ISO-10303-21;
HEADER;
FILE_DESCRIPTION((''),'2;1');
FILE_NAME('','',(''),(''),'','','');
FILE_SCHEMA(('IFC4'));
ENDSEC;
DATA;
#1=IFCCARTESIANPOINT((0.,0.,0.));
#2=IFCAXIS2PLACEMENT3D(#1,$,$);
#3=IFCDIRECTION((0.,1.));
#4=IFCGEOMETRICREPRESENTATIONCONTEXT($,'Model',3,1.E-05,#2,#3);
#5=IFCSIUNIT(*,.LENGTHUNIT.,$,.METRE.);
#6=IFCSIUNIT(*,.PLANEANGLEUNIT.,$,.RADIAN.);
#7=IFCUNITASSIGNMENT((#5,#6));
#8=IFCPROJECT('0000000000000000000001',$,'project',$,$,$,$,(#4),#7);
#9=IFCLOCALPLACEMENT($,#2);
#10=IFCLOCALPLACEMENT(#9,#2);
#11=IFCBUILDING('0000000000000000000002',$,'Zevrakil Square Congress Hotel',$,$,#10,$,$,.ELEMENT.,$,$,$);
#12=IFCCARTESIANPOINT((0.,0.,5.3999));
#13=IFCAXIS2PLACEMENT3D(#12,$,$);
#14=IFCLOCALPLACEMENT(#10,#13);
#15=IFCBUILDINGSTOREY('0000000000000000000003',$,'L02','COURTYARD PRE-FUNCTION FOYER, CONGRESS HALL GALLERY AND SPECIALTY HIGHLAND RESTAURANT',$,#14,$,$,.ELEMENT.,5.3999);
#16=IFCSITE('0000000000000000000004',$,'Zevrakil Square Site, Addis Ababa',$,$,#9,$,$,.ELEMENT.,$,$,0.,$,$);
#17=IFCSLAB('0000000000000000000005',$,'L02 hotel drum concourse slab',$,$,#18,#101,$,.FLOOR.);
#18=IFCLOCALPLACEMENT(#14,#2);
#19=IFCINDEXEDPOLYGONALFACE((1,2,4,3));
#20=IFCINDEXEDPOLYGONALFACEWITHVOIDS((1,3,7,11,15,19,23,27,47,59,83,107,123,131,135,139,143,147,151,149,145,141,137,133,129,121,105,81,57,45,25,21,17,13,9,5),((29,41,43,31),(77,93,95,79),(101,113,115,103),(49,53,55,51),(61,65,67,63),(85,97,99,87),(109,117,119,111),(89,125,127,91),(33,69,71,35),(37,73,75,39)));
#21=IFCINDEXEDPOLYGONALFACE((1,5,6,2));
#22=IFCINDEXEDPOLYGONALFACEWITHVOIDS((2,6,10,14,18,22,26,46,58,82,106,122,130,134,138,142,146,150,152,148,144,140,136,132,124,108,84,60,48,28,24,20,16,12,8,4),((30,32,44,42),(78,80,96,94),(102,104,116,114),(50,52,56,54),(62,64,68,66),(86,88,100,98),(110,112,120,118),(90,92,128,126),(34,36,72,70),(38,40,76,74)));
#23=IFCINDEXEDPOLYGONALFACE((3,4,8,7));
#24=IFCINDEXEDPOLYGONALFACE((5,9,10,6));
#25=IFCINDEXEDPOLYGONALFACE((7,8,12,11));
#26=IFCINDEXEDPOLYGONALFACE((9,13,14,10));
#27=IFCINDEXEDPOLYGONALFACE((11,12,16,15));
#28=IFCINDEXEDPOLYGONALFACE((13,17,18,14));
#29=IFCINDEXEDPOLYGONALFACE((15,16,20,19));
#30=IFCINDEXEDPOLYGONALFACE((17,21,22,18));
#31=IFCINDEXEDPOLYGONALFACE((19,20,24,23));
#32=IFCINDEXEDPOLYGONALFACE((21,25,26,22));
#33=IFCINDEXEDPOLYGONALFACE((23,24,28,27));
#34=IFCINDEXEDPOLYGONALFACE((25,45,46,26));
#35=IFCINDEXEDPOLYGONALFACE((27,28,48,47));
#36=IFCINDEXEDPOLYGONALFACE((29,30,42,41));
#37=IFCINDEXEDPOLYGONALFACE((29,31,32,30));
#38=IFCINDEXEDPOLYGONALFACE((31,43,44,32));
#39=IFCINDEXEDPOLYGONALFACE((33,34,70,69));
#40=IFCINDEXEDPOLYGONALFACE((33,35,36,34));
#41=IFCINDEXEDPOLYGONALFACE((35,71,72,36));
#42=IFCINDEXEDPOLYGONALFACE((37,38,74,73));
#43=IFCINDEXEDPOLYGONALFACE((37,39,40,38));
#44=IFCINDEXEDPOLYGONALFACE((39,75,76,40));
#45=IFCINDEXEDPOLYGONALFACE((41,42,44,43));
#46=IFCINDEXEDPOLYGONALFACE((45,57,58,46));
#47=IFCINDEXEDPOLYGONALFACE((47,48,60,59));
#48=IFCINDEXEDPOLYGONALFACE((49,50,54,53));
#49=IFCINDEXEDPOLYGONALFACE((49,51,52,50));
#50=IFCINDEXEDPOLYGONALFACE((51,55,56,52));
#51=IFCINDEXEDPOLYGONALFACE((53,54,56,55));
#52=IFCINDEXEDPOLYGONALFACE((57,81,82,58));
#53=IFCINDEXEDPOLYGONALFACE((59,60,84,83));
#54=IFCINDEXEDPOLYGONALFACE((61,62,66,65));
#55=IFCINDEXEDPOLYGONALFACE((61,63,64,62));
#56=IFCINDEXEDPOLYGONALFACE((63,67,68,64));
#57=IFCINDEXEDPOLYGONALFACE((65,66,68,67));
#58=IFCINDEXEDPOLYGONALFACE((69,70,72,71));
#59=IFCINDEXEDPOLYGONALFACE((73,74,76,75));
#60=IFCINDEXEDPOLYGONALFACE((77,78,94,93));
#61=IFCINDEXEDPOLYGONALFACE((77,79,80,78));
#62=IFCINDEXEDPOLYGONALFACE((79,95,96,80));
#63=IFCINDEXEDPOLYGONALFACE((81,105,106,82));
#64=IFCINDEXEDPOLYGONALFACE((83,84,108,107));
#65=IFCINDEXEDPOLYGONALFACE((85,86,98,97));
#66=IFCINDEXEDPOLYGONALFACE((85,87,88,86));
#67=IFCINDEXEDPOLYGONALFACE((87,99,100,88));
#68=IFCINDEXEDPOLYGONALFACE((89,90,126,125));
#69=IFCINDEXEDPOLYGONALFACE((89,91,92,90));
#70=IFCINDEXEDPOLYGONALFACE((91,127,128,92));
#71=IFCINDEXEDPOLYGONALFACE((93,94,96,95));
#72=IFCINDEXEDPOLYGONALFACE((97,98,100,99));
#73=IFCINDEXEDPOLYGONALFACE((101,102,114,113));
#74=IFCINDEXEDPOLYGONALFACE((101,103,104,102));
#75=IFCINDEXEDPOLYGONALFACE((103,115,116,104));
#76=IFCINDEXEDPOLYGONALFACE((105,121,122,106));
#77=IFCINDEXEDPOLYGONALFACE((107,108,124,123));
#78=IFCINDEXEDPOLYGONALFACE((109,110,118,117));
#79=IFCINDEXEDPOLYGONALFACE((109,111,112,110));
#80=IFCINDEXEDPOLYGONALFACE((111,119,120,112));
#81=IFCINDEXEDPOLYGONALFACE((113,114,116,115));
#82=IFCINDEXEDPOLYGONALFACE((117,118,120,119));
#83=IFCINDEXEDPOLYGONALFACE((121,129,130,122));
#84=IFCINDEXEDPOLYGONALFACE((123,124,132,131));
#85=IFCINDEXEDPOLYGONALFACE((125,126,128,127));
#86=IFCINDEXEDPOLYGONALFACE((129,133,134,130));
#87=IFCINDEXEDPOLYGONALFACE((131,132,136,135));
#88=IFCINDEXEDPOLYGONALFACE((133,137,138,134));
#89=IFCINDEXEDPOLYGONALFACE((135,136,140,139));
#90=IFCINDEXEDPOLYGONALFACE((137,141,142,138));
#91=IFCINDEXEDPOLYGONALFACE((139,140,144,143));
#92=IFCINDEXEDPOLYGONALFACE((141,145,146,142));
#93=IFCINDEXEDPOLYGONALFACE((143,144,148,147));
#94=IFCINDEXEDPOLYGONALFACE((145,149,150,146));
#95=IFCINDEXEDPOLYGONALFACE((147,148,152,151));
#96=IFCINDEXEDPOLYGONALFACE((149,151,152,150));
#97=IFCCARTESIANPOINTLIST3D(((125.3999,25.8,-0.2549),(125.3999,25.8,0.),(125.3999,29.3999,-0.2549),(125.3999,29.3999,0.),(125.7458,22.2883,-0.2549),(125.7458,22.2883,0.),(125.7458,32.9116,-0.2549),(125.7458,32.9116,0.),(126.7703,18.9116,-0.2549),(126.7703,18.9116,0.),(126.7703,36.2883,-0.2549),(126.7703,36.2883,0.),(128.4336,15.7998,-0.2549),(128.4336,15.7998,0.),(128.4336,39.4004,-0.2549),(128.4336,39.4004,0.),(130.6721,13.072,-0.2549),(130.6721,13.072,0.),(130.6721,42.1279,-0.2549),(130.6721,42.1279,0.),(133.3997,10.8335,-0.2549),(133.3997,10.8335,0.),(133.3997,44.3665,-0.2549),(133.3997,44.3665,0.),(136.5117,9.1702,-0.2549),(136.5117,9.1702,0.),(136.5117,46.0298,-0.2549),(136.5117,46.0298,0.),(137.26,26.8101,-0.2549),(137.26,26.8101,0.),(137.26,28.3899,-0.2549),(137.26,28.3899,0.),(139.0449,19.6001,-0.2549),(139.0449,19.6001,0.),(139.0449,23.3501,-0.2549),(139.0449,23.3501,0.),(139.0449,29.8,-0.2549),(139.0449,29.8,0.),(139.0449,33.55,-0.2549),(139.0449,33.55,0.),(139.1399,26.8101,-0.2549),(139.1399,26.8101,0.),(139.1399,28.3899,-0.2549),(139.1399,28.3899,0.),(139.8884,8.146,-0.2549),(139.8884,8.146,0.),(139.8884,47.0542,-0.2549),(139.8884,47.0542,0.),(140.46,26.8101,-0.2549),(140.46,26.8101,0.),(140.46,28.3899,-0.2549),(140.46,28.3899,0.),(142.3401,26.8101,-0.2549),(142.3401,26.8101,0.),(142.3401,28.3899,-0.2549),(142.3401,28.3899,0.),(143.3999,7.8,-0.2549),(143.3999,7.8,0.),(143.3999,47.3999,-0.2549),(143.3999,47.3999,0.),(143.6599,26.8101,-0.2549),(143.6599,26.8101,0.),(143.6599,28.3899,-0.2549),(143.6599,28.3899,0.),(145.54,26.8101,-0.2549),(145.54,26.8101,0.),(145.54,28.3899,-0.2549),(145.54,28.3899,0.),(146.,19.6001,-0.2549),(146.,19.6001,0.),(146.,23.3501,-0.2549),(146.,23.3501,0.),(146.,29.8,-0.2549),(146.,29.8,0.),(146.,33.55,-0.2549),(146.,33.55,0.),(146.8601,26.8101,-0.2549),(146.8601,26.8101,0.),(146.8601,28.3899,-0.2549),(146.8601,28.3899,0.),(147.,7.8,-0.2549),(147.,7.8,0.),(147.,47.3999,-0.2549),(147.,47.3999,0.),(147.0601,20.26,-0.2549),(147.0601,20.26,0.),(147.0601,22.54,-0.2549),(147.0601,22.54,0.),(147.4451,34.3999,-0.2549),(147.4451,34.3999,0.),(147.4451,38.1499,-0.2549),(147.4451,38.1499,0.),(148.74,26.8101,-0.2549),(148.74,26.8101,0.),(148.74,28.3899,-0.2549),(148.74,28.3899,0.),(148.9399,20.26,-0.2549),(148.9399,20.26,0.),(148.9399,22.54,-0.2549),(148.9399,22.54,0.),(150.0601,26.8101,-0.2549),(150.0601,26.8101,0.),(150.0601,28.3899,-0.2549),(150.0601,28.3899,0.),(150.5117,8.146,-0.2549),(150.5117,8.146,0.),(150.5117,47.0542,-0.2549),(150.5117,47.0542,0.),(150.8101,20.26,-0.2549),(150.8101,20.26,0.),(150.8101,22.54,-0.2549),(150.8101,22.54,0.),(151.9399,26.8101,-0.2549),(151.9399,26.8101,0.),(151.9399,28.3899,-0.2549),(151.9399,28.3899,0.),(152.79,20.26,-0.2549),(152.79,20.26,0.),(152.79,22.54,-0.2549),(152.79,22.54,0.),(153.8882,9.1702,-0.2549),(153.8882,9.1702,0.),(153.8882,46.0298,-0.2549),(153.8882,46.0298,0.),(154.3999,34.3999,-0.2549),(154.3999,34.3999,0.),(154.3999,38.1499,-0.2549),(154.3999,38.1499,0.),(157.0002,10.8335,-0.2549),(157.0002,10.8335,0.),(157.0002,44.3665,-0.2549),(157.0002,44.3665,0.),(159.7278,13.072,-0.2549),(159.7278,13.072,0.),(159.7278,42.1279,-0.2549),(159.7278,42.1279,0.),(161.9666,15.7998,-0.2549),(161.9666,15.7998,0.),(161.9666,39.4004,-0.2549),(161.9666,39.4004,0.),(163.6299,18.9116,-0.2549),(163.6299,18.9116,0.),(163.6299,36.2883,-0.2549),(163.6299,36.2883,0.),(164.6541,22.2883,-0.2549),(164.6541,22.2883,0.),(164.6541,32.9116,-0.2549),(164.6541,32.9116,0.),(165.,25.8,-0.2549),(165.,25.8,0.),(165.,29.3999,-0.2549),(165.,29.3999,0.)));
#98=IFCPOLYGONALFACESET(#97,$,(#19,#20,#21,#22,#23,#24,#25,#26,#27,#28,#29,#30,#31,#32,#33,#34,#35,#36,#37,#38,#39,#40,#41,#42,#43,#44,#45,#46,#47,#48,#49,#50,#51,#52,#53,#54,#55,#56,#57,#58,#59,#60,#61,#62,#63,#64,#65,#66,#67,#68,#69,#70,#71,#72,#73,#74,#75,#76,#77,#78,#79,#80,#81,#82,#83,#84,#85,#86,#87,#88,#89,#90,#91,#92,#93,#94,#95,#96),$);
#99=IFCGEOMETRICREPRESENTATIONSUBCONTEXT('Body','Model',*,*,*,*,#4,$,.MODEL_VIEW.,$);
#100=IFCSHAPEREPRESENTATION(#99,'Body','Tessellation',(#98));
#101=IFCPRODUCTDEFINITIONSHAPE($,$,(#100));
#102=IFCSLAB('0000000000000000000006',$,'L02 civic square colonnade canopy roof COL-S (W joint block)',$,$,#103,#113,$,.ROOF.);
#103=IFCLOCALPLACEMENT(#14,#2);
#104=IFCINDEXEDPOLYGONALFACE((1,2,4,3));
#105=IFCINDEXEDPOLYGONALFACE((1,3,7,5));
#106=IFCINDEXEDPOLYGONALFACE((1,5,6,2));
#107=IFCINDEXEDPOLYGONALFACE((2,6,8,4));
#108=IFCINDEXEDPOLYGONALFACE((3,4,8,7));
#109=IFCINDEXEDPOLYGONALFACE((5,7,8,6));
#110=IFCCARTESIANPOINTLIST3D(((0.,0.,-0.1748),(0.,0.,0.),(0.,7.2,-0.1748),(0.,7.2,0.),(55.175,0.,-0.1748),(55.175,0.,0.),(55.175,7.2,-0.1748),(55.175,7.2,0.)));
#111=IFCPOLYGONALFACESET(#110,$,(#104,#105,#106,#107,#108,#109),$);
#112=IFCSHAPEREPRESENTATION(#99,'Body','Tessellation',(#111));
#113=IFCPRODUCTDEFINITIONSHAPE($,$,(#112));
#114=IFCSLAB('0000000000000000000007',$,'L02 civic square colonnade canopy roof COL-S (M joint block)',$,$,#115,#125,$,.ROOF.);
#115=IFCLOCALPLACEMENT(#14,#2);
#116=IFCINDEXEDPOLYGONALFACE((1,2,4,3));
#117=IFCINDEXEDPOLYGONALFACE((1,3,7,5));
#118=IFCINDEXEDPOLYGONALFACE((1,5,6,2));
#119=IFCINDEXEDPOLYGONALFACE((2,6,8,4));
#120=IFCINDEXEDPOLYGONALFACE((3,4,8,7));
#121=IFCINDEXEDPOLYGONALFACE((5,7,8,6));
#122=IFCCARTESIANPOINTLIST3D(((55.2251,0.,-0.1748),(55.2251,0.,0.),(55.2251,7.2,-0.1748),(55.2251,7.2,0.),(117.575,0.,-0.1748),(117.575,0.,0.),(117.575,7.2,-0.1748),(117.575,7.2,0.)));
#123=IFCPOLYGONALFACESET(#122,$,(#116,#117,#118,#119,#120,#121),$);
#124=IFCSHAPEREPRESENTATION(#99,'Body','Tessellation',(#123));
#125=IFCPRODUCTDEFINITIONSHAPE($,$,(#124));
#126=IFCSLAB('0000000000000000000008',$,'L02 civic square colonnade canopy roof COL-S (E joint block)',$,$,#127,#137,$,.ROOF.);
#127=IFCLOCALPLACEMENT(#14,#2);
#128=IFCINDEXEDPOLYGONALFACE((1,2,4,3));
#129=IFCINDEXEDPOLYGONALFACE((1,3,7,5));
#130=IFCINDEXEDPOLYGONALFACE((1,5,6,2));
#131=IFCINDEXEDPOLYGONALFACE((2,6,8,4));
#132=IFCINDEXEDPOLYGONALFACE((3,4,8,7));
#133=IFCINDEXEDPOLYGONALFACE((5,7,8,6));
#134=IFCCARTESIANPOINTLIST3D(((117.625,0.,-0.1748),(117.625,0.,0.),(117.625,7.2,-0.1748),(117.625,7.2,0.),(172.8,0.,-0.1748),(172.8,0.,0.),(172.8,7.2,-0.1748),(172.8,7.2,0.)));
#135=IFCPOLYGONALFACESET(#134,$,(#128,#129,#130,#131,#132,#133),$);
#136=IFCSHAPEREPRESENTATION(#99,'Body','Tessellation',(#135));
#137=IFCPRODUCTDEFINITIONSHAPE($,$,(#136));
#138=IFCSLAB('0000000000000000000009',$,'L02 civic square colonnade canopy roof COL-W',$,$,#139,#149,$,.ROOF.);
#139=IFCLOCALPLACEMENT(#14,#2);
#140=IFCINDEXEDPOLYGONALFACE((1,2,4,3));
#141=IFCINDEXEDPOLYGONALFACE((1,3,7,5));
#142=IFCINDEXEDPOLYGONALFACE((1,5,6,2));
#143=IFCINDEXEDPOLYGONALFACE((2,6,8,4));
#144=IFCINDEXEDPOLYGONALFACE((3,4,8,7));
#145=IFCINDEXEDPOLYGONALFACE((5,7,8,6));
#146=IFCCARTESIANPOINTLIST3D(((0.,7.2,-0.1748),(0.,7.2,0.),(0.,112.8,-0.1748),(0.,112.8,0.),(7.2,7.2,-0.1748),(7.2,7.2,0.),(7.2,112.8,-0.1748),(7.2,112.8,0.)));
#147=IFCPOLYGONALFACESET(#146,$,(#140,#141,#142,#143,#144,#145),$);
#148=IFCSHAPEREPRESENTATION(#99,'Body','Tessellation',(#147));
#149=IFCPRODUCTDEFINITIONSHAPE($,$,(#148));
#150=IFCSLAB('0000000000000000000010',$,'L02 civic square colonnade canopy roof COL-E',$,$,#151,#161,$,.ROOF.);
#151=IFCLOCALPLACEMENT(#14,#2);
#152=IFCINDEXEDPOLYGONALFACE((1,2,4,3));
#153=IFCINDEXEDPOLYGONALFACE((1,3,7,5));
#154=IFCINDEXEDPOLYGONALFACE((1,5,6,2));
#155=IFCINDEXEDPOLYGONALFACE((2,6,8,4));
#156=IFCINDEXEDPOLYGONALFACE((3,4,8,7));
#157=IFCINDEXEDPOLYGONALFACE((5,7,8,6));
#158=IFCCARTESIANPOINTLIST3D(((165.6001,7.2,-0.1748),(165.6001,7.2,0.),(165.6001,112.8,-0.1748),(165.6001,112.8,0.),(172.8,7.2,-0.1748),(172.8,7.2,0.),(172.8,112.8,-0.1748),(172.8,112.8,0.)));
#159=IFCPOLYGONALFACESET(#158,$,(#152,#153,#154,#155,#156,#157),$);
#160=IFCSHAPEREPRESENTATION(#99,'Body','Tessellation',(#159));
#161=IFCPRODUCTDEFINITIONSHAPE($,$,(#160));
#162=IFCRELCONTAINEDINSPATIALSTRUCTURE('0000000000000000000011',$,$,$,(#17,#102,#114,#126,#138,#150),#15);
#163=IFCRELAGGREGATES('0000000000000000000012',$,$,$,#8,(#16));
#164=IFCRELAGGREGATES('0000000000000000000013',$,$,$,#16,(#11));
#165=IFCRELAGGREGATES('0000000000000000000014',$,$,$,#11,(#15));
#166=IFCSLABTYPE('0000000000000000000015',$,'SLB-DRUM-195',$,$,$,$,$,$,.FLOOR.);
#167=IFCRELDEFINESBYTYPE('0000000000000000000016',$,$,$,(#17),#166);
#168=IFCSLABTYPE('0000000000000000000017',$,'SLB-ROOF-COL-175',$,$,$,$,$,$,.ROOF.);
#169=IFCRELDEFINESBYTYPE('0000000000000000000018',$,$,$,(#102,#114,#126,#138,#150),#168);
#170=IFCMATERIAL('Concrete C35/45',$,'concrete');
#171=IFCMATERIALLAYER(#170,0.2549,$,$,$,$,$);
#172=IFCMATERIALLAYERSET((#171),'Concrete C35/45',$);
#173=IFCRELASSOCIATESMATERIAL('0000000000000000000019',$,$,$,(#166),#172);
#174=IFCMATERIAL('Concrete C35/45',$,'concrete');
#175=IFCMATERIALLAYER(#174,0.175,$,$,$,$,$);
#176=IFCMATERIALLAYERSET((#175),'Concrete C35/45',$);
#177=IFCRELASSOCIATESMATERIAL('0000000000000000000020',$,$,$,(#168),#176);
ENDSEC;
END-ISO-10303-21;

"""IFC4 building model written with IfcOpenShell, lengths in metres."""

from ifc_helpers import new_model, si_unit, direction, frame, origin, place, context, subcontext, project, spatial, polyline, outline, extrude, material, layer, layer_set, type_object, element, save


model = new_model("IFC4")

# Units and contexts
model_context = context("Model", 3, precision=1e-05, world=origin(), true_north=direction((0.0, 1.0)))
body_context = subcontext(model_context, "Body", "Model", "MODEL_VIEW")
ifc_project = project(units=[si_unit("LENGTHUNIT", "METRE"), si_unit("PLANEANGLEUNIT", "RADIAN")], contexts=[model_context])

# Site, building, storey
site_placement = place(None, origin())
site = spatial("IfcSite", under=ifc_project, at=site_placement, Name="Zevrakil Square Site, Addis Ababa", CompositionType="ELEMENT", RefElevation=0.0)
building_placement = place(site_placement, origin())
building = spatial("IfcBuilding", under=site, at=building_placement, Name="Zevrakil Square Congress Hotel", CompositionType="ELEMENT")
storey_placement = place(building_placement, frame((0.0, 0.0, 5.3999)))
storey = spatial("IfcBuildingStorey", under=building, at=storey_placement, Name="L02", Description="COURTYARD PRE-FUNCTION FOYER, CONGRESS HALL GALLERY AND SPECIALTY HIGHLAND RESTAURANT", CompositionType="ELEMENT", Elevation=5.3999)

# Slabs
ifc_material_1 = material(Name="Concrete C35/45", Category="concrete")
ifc_layer_1 = layer(ifc_material_1, 0.2549)
ifc_layer_set_1 = layer_set([ifc_layer_1], Name="Concrete C35/45")
slab_type_1 = type_object("IfcSlabType", Name="SLB-DRUM-195", PredefinedType="FLOOR", material=ifc_layer_set_1)
slab_1_placement = place(storey_placement, frame((0.0, 0.0, -0.2549)))
element("IfcSlab", 1, at=slab_1_placement, inside=storey, type_object=slab_type_1, Name="L02 hotel drum concourse slab", PredefinedType="FLOOR", context=body_context, shape_type="SweptSolid", body=[
    extrude(outline(polyline([(147.0, 7.8), (150.5117, 8.146), (153.8882, 9.1702), (157.0002, 10.8335), (159.7278, 13.072), (161.9666, 15.7998), (163.6299, 18.9116), (164.6541, 22.2883), (165.0, 25.8), (165.0, 29.3999), (164.6541, 32.9116), (163.6299, 36.2883), (161.9666, 39.4004), (159.7278, 42.1279), (157.0002, 44.3665), (153.8882, 46.0298), (150.5117, 47.0542), (147.0, 47.3999), (143.3999, 47.3999), (139.8884, 47.0542), (136.5117, 46.0298), (133.3997, 44.3665), (130.6721, 42.1279), (128.4336, 39.4004), (126.7703, 36.2883), (125.7458, 32.9116), (125.3999, 29.3999), (125.3999, 25.8), (125.7458, 22.2883), (126.7703, 18.9116), (128.4336, 15.7998), (130.6721, 13.072), (133.3997, 10.8335), (136.5117, 9.1702), (139.8884, 8.146), (143.3999, 7.8), (147.0, 7.8)]), holes=[polyline([(139.0449, 19.6001), (146.0, 19.6001), (146.0, 23.3501), (139.0449, 23.3501), (139.0449, 19.6001)]), polyline([(139.0449, 29.8), (146.0, 29.8), (146.0, 33.55), (139.0449, 33.55), (139.0449, 29.8)]), polyline([(147.4451, 34.3999), (154.3999, 34.3999), (154.3999, 38.1499), (147.4451, 38.1499), (147.4451, 34.3999)]), polyline([(137.26, 26.8101), (139.1399, 26.8101), (139.1399, 28.3899), (137.26, 28.3899), (137.26, 26.8101)]), polyline([(140.46, 26.8101), (142.3401, 26.8101), (142.3401, 28.3899), (140.46, 28.3899), (140.46, 26.8101)]), polyline([(143.6599, 26.8101), (145.54, 26.8101), (145.54, 28.3899), (143.6599, 28.3899), (143.6599, 26.8101)]), polyline([(146.8601, 26.8101), (148.74, 26.8101), (148.74, 28.3899), (146.8601, 28.3899), (146.8601, 26.8101)]), polyline([(150.0601, 26.8101), (151.9399, 26.8101), (151.9399, 28.3899), (150.0601, 28.3899), (150.0601, 26.8101)]), polyline([(147.0601, 20.26), (148.9399, 20.26), (148.9399, 22.54), (147.0601, 22.54), (147.0601, 20.26)]), polyline([(150.8101, 20.26), (152.79, 20.26), (152.79, 22.54), (150.8101, 22.54), (150.8101, 20.26)])]), origin(), (0.0, 0.0, 1.0), 0.2549),
])
ifc_material_2 = material(Name="Concrete C35/45", Category="concrete")
ifc_layer_2 = layer(ifc_material_2, 0.175)
ifc_layer_set_2 = layer_set([ifc_layer_2], Name="Concrete C35/45")
slab_type_2 = type_object("IfcSlabType", Name="SLB-ROOF-COL-175", PredefinedType="ROOF", material=ifc_layer_set_2)
slab_2_placement = place(storey_placement, frame((0.0, 0.0, -0.1748)))
element("IfcSlab", 2, at=slab_2_placement, inside=storey, type_object=slab_type_2, Name="L02 civic square colonnade canopy roof COL-S (W joint block)", PredefinedType="ROOF", context=body_context, shape_type="SweptSolid", body=[
    extrude(outline(polyline([(0.0, 0.0), (0.0, 7.2), (55.175, 7.2), (55.175, 0.0), (0.0, 0.0)])), origin(), (0.0, 0.0, 1.0), 0.1748),
])
slab_3_placement = place(storey_placement, frame((0.0, 0.0, -0.1748)))
element("IfcSlab", 3, at=slab_3_placement, inside=storey, type_object=slab_type_2, Name="L02 civic square colonnade canopy roof COL-S (M joint block)", PredefinedType="ROOF", context=body_context, shape_type="SweptSolid", body=[
    extrude(outline(polyline([(55.2251, 0.0), (55.2251, 7.2), (117.575, 7.2), (117.575, 0.0), (55.2251, 0.0)])), origin(), (0.0, 0.0, 1.0), 0.1748),
])
slab_4_placement = place(storey_placement, frame((0.0, 0.0, -0.1748)))
element("IfcSlab", 4, at=slab_4_placement, inside=storey, type_object=slab_type_2, Name="L02 civic square colonnade canopy roof COL-S (E joint block)", PredefinedType="ROOF", context=body_context, shape_type="SweptSolid", body=[
    extrude(outline(polyline([(172.8, 7.2), (172.8, 0.0), (117.625, 0.0), (117.625, 7.2), (172.8, 7.2)])), origin(), (0.0, 0.0, 1.0), 0.1748),
])
slab_5_placement = place(storey_placement, frame((0.0, 0.0, -0.1748)))
element("IfcSlab", 5, at=slab_5_placement, inside=storey, type_object=slab_type_2, Name="L02 civic square colonnade canopy roof COL-W", PredefinedType="ROOF", context=body_context, shape_type="SweptSolid", body=[
    extrude(outline(polyline([(0.0, 112.8), (7.2, 112.8), (7.2, 7.2), (0.0, 7.2), (0.0, 112.8)])), origin(), (0.0, 0.0, 1.0), 0.1748),
])
slab_6_placement = place(storey_placement, frame((0.0, 0.0, -0.1748)))
element("IfcSlab", 6, at=slab_6_placement, inside=storey, type_object=slab_type_2, Name="L02 civic square colonnade canopy roof COL-E", PredefinedType="ROOF", context=body_context, shape_type="SweptSolid", body=[
    extrude(outline(polyline([(165.6001, 112.8), (172.8, 112.8), (172.8, 7.2), (165.6001, 7.2), (165.6001, 112.8)])), origin(), (0.0, 0.0, 1.0), 0.1748),
])

save(model, "model.ifc")
